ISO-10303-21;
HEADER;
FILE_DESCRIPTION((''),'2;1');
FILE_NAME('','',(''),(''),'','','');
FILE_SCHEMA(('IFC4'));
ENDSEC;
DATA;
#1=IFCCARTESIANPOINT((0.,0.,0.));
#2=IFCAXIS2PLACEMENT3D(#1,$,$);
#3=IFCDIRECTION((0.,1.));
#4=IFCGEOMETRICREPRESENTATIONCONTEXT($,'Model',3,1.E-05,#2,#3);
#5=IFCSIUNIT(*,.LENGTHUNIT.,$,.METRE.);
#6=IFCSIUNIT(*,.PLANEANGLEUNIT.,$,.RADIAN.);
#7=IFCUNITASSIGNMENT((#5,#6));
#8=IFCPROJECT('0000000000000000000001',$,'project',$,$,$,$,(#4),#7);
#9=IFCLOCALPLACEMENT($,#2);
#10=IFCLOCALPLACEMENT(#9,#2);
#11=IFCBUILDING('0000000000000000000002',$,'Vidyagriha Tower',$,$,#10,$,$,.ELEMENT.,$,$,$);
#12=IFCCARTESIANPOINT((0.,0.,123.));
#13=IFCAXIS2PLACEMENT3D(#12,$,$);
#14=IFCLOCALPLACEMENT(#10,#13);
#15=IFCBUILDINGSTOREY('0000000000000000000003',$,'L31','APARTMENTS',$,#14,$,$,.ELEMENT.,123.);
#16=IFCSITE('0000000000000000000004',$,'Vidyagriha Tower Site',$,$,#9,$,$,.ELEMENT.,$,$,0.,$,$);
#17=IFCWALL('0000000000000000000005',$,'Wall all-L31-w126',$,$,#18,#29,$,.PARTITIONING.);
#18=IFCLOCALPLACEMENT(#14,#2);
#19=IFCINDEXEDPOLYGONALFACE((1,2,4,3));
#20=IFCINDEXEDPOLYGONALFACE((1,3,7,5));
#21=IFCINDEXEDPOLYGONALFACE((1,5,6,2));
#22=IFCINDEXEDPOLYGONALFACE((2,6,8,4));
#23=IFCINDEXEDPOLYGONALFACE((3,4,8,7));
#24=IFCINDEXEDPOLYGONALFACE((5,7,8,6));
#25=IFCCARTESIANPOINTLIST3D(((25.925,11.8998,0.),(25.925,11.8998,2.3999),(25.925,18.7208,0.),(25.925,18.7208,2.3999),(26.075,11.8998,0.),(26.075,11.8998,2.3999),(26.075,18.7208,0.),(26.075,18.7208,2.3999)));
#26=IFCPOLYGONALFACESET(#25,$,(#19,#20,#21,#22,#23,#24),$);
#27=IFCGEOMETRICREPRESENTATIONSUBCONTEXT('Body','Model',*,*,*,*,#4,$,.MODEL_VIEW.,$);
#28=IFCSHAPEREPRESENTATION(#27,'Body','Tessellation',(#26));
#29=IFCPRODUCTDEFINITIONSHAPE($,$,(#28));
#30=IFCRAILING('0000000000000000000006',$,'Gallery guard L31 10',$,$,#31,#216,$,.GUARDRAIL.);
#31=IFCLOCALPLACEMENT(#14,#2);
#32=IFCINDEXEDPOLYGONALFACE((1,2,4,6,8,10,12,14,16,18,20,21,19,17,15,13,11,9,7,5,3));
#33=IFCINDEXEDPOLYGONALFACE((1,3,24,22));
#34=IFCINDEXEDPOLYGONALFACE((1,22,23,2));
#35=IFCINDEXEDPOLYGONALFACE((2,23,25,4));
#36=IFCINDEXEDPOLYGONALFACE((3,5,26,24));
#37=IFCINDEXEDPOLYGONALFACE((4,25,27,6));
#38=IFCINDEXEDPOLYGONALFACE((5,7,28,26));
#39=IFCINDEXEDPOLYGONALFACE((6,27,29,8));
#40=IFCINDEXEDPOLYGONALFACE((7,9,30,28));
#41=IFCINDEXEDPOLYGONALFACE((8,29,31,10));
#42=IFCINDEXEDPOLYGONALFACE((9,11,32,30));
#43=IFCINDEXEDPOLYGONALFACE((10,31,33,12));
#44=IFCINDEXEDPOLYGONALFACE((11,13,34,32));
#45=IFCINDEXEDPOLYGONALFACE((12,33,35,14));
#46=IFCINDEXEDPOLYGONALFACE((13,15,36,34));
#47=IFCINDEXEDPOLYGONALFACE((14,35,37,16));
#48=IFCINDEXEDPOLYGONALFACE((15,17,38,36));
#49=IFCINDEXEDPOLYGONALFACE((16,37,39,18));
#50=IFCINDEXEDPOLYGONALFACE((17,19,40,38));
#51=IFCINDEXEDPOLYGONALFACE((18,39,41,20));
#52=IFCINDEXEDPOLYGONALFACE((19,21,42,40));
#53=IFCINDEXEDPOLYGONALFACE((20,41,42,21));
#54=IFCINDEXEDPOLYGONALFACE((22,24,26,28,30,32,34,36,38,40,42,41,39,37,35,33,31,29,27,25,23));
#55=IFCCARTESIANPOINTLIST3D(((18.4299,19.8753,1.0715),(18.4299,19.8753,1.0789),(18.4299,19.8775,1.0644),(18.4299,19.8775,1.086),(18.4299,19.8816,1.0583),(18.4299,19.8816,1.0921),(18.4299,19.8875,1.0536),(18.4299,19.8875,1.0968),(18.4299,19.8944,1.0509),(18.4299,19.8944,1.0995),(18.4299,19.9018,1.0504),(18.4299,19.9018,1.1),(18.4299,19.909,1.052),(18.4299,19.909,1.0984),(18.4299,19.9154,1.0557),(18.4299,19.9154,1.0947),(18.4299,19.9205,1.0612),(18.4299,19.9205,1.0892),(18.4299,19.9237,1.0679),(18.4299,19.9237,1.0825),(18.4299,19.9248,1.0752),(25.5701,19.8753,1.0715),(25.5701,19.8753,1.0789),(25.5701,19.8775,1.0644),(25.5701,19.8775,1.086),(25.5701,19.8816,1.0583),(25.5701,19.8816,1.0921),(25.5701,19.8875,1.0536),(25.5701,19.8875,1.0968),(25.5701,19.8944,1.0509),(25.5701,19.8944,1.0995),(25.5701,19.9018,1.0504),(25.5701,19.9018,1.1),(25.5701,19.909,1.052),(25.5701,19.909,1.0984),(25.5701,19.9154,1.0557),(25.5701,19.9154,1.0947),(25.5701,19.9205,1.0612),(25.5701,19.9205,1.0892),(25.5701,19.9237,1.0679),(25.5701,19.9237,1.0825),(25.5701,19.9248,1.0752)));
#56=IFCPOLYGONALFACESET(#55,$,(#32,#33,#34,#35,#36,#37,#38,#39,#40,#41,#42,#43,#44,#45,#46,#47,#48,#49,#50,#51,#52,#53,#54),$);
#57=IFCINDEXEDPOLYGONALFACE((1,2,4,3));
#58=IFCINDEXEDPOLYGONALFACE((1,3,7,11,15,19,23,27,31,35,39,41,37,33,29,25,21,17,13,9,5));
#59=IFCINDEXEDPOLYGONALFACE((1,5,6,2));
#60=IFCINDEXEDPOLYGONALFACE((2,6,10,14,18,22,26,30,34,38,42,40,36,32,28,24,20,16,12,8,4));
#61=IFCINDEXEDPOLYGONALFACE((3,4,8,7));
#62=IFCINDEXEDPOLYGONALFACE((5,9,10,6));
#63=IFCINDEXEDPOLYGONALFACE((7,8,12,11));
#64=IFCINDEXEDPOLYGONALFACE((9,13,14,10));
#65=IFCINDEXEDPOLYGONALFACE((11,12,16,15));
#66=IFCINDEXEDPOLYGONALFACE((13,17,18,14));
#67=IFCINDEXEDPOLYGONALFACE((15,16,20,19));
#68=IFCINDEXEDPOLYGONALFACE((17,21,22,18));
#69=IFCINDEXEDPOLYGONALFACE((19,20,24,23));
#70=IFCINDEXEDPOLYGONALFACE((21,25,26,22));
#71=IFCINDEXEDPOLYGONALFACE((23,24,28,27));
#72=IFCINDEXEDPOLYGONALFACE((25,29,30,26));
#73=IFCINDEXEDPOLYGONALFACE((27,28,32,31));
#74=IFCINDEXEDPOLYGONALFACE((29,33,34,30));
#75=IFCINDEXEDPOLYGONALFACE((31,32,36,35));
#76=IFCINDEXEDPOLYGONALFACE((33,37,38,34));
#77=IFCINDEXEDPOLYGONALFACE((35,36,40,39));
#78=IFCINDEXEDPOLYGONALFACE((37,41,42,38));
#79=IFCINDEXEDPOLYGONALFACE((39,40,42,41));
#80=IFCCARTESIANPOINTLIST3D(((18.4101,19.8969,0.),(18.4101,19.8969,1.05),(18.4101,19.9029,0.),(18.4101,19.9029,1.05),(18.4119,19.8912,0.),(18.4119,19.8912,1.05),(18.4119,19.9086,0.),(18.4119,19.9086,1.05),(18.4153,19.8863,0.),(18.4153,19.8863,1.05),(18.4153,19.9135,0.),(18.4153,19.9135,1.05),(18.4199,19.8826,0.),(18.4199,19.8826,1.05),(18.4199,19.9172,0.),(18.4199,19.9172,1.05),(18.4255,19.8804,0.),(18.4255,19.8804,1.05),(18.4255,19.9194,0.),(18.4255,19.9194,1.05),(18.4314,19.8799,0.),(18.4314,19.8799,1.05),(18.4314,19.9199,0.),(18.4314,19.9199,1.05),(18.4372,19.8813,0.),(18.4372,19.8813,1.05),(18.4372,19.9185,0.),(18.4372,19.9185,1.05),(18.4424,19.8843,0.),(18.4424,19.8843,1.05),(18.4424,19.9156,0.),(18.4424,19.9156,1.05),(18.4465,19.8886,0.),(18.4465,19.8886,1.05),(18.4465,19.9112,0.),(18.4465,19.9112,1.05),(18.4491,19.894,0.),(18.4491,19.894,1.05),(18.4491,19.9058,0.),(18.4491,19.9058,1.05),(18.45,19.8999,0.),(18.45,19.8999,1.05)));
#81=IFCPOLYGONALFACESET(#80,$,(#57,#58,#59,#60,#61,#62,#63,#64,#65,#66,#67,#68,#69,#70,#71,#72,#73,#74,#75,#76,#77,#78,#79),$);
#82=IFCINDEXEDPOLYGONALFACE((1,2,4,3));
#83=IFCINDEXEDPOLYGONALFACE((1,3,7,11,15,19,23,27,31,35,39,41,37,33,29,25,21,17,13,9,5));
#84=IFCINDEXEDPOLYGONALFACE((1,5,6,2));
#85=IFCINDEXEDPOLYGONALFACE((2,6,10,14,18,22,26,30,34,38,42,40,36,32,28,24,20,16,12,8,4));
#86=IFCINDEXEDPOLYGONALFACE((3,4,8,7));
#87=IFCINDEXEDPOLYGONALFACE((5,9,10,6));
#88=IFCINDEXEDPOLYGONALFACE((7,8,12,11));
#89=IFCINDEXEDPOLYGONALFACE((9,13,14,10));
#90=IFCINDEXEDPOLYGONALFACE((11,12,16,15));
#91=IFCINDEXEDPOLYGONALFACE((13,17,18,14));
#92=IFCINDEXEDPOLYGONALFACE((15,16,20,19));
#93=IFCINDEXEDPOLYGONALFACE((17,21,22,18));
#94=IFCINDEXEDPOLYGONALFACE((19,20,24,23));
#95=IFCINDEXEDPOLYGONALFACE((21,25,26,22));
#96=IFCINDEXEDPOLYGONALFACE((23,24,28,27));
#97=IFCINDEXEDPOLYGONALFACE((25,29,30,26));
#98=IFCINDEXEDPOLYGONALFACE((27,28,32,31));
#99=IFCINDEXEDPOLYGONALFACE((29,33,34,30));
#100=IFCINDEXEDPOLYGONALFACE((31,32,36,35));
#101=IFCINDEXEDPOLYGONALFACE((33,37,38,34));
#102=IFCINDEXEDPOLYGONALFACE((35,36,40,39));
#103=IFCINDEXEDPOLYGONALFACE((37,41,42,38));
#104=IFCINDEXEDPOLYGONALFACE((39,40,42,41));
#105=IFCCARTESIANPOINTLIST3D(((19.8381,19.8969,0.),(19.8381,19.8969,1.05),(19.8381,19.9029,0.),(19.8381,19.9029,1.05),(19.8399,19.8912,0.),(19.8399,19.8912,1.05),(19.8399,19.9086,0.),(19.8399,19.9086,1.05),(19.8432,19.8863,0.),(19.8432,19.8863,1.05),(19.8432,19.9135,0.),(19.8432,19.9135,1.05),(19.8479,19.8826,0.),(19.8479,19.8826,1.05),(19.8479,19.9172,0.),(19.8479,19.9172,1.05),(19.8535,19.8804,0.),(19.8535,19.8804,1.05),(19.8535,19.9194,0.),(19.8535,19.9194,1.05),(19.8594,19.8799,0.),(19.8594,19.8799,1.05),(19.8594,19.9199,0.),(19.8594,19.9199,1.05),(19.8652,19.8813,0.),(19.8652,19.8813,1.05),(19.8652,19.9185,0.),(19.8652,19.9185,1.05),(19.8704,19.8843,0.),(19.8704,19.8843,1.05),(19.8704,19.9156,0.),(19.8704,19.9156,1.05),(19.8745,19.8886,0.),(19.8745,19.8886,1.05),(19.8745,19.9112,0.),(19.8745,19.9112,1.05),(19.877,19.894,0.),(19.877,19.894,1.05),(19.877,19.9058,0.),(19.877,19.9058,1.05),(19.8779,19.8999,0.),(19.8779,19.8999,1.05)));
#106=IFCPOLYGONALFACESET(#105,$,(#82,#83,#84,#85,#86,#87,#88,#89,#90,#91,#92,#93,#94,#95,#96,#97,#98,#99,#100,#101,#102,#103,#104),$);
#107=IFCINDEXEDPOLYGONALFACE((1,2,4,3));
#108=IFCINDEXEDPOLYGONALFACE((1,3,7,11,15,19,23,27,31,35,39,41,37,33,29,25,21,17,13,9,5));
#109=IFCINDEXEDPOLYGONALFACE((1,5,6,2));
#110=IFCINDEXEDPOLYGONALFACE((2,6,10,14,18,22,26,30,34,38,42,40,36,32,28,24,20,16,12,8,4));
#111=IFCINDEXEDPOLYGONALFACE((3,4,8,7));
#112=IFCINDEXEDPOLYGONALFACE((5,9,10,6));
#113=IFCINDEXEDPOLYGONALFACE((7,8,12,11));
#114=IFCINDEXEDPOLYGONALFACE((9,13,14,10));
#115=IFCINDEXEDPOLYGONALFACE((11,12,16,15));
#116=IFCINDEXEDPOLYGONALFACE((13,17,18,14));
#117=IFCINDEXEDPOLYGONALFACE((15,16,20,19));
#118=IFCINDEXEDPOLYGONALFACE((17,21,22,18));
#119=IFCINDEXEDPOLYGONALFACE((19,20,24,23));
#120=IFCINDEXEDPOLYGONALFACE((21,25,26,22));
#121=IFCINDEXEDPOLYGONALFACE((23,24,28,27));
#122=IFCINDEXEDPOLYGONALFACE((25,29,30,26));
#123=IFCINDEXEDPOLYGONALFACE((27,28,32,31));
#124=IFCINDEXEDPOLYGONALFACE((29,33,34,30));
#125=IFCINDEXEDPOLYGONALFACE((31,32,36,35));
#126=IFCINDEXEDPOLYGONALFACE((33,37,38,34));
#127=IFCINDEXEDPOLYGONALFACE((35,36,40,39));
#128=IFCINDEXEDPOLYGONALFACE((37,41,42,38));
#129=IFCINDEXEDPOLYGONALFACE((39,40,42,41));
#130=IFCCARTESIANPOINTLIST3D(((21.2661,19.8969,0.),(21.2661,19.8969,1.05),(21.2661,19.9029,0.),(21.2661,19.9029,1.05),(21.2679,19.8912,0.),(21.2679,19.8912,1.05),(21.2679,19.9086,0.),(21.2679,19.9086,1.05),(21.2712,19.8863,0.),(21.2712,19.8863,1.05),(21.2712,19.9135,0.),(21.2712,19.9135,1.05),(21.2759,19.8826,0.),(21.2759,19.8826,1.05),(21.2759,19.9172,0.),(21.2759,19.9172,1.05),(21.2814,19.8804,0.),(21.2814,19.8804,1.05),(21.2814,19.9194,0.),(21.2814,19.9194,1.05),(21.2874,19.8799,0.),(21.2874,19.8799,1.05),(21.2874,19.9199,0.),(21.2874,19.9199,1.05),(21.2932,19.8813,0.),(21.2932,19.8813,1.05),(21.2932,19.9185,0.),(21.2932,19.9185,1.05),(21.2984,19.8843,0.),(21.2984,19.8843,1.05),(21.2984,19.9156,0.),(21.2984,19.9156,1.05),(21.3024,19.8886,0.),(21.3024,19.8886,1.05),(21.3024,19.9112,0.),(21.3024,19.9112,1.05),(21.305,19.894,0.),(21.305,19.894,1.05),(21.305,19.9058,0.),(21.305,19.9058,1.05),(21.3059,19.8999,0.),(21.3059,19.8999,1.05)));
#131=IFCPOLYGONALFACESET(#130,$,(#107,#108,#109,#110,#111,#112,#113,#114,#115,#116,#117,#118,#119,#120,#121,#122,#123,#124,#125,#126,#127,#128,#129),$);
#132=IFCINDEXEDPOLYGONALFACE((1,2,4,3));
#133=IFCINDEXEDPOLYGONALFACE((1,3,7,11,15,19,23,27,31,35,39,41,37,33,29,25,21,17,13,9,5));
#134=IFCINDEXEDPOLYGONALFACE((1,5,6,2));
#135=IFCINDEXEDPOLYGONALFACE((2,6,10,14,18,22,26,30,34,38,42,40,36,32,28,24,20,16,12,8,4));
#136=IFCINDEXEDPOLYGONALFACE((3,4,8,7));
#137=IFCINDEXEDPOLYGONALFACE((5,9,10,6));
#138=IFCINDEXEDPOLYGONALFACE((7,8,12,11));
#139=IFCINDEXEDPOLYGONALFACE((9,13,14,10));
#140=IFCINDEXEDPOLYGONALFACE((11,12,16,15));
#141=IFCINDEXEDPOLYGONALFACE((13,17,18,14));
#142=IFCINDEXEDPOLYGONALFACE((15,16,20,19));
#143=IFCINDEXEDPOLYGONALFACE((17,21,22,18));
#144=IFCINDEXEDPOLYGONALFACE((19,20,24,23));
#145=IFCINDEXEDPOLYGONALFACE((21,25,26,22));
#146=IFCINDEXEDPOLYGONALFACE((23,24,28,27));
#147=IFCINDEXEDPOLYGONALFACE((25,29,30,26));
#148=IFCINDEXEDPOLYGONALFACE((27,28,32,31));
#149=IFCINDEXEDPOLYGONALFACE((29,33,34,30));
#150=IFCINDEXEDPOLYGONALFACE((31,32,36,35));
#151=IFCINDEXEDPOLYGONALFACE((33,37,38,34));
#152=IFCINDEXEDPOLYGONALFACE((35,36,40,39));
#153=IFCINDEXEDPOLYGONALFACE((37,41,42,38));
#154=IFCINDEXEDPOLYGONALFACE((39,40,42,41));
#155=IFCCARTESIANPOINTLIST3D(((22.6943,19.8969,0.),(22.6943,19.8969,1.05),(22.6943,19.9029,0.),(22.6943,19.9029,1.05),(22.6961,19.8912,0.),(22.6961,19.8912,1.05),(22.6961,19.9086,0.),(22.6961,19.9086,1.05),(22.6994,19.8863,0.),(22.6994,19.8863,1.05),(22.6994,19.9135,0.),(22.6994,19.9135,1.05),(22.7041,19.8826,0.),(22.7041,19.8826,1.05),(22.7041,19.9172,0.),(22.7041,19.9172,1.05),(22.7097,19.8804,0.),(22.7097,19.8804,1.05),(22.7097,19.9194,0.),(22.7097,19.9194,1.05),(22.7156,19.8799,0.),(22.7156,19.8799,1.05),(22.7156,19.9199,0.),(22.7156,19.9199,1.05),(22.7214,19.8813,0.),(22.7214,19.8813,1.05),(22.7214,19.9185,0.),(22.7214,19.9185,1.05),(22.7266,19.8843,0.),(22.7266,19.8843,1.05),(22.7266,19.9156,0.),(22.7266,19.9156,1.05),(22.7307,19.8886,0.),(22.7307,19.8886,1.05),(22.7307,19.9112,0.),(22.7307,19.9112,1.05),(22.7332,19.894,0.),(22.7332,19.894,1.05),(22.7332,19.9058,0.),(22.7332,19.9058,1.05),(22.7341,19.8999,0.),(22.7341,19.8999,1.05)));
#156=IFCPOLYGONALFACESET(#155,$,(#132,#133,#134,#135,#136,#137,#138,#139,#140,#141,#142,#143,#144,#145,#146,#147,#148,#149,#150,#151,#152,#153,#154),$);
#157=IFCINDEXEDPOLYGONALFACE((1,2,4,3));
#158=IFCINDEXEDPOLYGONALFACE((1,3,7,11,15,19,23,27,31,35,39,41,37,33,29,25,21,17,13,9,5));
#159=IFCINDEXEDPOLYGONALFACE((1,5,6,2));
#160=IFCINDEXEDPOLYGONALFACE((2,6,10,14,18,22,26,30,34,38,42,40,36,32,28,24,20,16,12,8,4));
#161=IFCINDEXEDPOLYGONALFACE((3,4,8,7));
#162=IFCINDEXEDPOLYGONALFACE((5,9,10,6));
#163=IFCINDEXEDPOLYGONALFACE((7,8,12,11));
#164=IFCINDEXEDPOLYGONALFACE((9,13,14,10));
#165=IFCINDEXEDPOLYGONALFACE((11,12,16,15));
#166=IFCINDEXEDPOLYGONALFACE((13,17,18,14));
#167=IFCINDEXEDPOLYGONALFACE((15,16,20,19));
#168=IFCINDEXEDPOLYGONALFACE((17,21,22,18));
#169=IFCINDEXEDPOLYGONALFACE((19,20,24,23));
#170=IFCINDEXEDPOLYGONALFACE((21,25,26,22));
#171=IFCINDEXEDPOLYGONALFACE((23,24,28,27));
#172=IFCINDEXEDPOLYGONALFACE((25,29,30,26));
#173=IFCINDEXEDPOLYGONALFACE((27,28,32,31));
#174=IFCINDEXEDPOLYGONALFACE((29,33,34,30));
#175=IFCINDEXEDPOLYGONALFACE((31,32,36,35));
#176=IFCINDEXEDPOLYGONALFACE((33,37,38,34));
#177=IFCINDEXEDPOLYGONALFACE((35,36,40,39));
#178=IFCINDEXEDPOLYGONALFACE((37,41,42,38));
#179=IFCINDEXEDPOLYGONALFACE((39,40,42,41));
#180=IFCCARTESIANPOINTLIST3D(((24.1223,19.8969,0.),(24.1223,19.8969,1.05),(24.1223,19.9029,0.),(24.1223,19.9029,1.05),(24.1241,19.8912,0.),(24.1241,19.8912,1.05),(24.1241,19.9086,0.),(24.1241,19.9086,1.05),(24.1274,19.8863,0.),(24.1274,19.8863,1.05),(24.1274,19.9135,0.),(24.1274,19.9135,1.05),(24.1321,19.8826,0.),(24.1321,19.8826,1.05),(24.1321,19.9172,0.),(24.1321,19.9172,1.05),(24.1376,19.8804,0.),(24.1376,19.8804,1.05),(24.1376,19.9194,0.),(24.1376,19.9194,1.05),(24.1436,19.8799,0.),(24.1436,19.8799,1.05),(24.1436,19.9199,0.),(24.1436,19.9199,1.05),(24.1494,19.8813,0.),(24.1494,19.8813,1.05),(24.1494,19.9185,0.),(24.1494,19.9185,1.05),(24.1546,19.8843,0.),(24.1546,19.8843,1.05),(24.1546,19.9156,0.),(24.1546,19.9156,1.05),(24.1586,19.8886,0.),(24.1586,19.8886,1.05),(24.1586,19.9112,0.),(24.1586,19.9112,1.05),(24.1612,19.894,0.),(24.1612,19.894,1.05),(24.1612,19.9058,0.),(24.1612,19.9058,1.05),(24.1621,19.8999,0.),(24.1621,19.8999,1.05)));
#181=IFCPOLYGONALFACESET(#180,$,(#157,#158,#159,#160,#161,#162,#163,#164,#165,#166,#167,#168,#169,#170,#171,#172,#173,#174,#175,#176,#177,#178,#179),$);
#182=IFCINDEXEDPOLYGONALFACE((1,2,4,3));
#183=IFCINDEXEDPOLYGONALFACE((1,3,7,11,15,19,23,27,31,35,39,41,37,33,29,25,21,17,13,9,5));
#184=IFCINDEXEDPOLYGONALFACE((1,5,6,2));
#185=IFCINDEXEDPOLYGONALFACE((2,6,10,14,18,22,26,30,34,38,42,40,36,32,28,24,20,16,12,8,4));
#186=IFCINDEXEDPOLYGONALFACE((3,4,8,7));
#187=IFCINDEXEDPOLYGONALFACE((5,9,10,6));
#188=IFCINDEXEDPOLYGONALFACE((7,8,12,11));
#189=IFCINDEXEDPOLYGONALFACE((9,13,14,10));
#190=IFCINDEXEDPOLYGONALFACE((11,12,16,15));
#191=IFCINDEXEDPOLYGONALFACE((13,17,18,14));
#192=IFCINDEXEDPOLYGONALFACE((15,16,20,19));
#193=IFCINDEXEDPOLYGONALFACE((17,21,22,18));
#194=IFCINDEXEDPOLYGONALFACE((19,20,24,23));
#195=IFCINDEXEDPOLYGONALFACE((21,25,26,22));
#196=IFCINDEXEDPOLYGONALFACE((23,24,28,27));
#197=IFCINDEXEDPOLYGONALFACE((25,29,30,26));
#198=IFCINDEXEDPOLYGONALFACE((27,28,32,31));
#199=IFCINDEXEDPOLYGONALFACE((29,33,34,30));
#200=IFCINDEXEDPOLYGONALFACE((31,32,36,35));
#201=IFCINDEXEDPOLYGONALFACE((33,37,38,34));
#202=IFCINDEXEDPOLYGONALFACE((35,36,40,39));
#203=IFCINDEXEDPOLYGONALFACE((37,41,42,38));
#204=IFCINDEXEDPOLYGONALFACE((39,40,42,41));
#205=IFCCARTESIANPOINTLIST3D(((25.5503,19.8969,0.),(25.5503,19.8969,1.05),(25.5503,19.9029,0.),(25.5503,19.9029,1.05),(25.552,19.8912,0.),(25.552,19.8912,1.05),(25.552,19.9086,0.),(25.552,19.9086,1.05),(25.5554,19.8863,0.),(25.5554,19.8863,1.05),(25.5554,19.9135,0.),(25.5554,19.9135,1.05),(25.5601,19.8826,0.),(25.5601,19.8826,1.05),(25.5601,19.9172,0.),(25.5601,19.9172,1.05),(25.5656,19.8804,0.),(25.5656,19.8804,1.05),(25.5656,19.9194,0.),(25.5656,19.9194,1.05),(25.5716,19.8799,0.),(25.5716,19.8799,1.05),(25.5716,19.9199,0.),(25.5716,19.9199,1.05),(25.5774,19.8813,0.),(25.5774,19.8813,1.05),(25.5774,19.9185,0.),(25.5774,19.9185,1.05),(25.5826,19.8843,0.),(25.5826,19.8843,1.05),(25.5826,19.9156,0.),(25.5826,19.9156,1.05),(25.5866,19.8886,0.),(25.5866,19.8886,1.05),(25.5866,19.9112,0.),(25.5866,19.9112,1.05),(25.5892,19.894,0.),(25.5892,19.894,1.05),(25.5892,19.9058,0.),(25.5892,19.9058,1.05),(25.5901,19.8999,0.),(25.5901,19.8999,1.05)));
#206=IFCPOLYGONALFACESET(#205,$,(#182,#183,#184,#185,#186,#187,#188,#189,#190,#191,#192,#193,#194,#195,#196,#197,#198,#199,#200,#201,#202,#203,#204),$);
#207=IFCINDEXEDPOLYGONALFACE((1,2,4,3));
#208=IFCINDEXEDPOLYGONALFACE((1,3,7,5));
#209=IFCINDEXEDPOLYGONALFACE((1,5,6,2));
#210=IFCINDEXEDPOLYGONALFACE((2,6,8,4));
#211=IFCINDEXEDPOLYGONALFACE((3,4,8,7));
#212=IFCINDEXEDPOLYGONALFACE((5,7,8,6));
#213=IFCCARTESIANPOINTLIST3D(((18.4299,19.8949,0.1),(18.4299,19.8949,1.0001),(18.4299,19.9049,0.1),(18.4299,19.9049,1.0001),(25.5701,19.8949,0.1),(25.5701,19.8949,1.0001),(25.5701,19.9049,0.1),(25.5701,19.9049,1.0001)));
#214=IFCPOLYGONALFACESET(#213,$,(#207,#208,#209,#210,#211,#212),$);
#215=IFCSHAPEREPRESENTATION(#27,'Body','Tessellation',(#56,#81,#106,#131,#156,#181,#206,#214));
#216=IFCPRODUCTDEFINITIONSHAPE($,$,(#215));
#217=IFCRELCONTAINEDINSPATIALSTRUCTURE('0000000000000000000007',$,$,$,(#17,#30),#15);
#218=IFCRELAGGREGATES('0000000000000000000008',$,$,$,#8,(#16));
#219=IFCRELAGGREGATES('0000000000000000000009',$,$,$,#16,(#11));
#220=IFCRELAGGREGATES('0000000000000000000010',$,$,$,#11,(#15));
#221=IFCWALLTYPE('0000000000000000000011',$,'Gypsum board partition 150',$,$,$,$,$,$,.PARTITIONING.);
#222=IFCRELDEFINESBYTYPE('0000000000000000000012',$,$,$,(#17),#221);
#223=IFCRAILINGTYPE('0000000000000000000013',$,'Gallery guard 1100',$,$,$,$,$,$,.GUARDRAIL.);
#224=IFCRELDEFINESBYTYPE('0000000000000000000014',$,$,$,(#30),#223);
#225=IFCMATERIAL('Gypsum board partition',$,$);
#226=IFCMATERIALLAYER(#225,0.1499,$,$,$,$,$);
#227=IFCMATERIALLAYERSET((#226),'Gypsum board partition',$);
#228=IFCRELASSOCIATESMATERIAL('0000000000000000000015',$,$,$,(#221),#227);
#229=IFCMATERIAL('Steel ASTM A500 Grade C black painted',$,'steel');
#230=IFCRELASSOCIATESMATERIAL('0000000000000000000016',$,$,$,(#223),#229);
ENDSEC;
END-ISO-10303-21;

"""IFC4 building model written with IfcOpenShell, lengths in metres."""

from ifc_helpers import new_model, si_unit, direction, frame, frame_2d, origin, origin_2d, place, context, subcontext, project, spatial, rectangle, circle, extrude, material, layer, layer_set, type_object, element, save


model = new_model("IFC4")

# Units and contexts
model_context = context("Model", 3, precision=1e-05, world=origin(), true_north=direction((0.0, 1.0)))
body_context = subcontext(model_context, "Body", "Model", "MODEL_VIEW")
ifc_project = project(units=[si_unit("LENGTHUNIT", "METRE"), si_unit("PLANEANGLEUNIT", "RADIAN")], contexts=[model_context])

# Site, building, storey
site_placement = place(None, origin())
site = spatial("IfcSite", under=ifc_project, at=site_placement, Name="Vidyagriha Tower Site", CompositionType="ELEMENT", RefElevation=0.0)
building_placement = place(site_placement, origin())
building = spatial("IfcBuilding", under=site, at=building_placement, Name="Vidyagriha Tower", CompositionType="ELEMENT")
storey_placement = place(building_placement, frame((0.0, 0.0, 123.0)))
storey = spatial("IfcBuildingStorey", under=building, at=storey_placement, Name="L31", Description="APARTMENTS", CompositionType="ELEMENT", Elevation=123.0)

# Wall
ifc_material_1 = material(Name="Gypsum board partition")
ifc_layer_1 = layer(ifc_material_1, 0.1499)
ifc_layer_set_1 = layer_set([ifc_layer_1], Name="Gypsum board partition")
wall_type_1 = type_object("IfcWallType", Name="Gypsum board partition 150", PredefinedType="PARTITIONING", material=ifc_layer_set_1)
wall_1_placement = place(storey_placement, frame((26.0, 18.7209, 0.0), z_axis=(0.0, 0.0, 1.0), x_axis=(0.0, -1.0, 0.0)))
element("IfcWall", 1, at=wall_1_placement, inside=storey, type_object=wall_type_1, Name="Wall all-L31-w126", PredefinedType="PARTITIONING", context=body_context, shape_type="SweptSolid", body=[
    extrude(rectangle(XDim=6.821, YDim=0.1499, at=frame_2d((3.4106, 0.0))), origin(), (0.0, 0.0, 1.0), 2.3999),
])

# Railing
ifc_material_2 = material(Name="Steel ASTM A500 Grade C black painted", Category="steel")
railing_type = type_object("IfcRailingType", Name="Gallery guard 1100", PredefinedType="GUARDRAIL", material=ifc_material_2)
railing_1_placement = place(storey_placement, frame((18.4299, 19.8999, 0.0)))
element("IfcRailing", 2, at=railing_1_placement, inside=storey, type_object=railing_type, Name="Gallery guard L31 10", PredefinedType="GUARDRAIL", context=body_context, shape_type="SweptSolid", body=[
    extrude(circle(Radius=0.0249, at=origin_2d()), frame((0.0, 0.0, 1.0752), z_axis=(1.0, 0.0, 0.0), x_axis=(0.0, 1.0, 0.0)), (0.0, 0.0, 1.0), 7.1401),
    extrude(circle(Radius=0.02, at=origin_2d()), origin(), (0.0, 0.0, 1.0), 1.05),
    extrude(circle(Radius=0.02, at=origin_2d()), frame((1.428, 0.0, 0.0)), (0.0, 0.0, 1.0), 1.05),
    extrude(circle(Radius=0.02, at=origin_2d()), frame((2.856, 0.0, 0.0)), (0.0, 0.0, 1.0), 1.05),
    extrude(circle(Radius=0.02, at=origin_2d()), frame((4.2842, 0.0, 0.0)), (0.0, 0.0, 1.0), 1.05),
    extrude(circle(Radius=0.02, at=origin_2d()), frame((5.7122, 0.0, 0.0)), (0.0, 0.0, 1.0), 1.05),
    extrude(circle(Radius=0.02, at=origin_2d()), frame((7.1401, 0.0, 0.0)), (0.0, 0.0, 1.0), 1.05),
    extrude(rectangle(XDim=0.01, YDim=0.9001, at=origin_2d()), frame((0.0, 0.0, 0.55), z_axis=(1.0, 0.0, 0.0), x_axis=(0.0, 1.0, 0.0)), (0.0, 0.0, 1.0), 7.1401),
])

save(model, "model.ifc")
